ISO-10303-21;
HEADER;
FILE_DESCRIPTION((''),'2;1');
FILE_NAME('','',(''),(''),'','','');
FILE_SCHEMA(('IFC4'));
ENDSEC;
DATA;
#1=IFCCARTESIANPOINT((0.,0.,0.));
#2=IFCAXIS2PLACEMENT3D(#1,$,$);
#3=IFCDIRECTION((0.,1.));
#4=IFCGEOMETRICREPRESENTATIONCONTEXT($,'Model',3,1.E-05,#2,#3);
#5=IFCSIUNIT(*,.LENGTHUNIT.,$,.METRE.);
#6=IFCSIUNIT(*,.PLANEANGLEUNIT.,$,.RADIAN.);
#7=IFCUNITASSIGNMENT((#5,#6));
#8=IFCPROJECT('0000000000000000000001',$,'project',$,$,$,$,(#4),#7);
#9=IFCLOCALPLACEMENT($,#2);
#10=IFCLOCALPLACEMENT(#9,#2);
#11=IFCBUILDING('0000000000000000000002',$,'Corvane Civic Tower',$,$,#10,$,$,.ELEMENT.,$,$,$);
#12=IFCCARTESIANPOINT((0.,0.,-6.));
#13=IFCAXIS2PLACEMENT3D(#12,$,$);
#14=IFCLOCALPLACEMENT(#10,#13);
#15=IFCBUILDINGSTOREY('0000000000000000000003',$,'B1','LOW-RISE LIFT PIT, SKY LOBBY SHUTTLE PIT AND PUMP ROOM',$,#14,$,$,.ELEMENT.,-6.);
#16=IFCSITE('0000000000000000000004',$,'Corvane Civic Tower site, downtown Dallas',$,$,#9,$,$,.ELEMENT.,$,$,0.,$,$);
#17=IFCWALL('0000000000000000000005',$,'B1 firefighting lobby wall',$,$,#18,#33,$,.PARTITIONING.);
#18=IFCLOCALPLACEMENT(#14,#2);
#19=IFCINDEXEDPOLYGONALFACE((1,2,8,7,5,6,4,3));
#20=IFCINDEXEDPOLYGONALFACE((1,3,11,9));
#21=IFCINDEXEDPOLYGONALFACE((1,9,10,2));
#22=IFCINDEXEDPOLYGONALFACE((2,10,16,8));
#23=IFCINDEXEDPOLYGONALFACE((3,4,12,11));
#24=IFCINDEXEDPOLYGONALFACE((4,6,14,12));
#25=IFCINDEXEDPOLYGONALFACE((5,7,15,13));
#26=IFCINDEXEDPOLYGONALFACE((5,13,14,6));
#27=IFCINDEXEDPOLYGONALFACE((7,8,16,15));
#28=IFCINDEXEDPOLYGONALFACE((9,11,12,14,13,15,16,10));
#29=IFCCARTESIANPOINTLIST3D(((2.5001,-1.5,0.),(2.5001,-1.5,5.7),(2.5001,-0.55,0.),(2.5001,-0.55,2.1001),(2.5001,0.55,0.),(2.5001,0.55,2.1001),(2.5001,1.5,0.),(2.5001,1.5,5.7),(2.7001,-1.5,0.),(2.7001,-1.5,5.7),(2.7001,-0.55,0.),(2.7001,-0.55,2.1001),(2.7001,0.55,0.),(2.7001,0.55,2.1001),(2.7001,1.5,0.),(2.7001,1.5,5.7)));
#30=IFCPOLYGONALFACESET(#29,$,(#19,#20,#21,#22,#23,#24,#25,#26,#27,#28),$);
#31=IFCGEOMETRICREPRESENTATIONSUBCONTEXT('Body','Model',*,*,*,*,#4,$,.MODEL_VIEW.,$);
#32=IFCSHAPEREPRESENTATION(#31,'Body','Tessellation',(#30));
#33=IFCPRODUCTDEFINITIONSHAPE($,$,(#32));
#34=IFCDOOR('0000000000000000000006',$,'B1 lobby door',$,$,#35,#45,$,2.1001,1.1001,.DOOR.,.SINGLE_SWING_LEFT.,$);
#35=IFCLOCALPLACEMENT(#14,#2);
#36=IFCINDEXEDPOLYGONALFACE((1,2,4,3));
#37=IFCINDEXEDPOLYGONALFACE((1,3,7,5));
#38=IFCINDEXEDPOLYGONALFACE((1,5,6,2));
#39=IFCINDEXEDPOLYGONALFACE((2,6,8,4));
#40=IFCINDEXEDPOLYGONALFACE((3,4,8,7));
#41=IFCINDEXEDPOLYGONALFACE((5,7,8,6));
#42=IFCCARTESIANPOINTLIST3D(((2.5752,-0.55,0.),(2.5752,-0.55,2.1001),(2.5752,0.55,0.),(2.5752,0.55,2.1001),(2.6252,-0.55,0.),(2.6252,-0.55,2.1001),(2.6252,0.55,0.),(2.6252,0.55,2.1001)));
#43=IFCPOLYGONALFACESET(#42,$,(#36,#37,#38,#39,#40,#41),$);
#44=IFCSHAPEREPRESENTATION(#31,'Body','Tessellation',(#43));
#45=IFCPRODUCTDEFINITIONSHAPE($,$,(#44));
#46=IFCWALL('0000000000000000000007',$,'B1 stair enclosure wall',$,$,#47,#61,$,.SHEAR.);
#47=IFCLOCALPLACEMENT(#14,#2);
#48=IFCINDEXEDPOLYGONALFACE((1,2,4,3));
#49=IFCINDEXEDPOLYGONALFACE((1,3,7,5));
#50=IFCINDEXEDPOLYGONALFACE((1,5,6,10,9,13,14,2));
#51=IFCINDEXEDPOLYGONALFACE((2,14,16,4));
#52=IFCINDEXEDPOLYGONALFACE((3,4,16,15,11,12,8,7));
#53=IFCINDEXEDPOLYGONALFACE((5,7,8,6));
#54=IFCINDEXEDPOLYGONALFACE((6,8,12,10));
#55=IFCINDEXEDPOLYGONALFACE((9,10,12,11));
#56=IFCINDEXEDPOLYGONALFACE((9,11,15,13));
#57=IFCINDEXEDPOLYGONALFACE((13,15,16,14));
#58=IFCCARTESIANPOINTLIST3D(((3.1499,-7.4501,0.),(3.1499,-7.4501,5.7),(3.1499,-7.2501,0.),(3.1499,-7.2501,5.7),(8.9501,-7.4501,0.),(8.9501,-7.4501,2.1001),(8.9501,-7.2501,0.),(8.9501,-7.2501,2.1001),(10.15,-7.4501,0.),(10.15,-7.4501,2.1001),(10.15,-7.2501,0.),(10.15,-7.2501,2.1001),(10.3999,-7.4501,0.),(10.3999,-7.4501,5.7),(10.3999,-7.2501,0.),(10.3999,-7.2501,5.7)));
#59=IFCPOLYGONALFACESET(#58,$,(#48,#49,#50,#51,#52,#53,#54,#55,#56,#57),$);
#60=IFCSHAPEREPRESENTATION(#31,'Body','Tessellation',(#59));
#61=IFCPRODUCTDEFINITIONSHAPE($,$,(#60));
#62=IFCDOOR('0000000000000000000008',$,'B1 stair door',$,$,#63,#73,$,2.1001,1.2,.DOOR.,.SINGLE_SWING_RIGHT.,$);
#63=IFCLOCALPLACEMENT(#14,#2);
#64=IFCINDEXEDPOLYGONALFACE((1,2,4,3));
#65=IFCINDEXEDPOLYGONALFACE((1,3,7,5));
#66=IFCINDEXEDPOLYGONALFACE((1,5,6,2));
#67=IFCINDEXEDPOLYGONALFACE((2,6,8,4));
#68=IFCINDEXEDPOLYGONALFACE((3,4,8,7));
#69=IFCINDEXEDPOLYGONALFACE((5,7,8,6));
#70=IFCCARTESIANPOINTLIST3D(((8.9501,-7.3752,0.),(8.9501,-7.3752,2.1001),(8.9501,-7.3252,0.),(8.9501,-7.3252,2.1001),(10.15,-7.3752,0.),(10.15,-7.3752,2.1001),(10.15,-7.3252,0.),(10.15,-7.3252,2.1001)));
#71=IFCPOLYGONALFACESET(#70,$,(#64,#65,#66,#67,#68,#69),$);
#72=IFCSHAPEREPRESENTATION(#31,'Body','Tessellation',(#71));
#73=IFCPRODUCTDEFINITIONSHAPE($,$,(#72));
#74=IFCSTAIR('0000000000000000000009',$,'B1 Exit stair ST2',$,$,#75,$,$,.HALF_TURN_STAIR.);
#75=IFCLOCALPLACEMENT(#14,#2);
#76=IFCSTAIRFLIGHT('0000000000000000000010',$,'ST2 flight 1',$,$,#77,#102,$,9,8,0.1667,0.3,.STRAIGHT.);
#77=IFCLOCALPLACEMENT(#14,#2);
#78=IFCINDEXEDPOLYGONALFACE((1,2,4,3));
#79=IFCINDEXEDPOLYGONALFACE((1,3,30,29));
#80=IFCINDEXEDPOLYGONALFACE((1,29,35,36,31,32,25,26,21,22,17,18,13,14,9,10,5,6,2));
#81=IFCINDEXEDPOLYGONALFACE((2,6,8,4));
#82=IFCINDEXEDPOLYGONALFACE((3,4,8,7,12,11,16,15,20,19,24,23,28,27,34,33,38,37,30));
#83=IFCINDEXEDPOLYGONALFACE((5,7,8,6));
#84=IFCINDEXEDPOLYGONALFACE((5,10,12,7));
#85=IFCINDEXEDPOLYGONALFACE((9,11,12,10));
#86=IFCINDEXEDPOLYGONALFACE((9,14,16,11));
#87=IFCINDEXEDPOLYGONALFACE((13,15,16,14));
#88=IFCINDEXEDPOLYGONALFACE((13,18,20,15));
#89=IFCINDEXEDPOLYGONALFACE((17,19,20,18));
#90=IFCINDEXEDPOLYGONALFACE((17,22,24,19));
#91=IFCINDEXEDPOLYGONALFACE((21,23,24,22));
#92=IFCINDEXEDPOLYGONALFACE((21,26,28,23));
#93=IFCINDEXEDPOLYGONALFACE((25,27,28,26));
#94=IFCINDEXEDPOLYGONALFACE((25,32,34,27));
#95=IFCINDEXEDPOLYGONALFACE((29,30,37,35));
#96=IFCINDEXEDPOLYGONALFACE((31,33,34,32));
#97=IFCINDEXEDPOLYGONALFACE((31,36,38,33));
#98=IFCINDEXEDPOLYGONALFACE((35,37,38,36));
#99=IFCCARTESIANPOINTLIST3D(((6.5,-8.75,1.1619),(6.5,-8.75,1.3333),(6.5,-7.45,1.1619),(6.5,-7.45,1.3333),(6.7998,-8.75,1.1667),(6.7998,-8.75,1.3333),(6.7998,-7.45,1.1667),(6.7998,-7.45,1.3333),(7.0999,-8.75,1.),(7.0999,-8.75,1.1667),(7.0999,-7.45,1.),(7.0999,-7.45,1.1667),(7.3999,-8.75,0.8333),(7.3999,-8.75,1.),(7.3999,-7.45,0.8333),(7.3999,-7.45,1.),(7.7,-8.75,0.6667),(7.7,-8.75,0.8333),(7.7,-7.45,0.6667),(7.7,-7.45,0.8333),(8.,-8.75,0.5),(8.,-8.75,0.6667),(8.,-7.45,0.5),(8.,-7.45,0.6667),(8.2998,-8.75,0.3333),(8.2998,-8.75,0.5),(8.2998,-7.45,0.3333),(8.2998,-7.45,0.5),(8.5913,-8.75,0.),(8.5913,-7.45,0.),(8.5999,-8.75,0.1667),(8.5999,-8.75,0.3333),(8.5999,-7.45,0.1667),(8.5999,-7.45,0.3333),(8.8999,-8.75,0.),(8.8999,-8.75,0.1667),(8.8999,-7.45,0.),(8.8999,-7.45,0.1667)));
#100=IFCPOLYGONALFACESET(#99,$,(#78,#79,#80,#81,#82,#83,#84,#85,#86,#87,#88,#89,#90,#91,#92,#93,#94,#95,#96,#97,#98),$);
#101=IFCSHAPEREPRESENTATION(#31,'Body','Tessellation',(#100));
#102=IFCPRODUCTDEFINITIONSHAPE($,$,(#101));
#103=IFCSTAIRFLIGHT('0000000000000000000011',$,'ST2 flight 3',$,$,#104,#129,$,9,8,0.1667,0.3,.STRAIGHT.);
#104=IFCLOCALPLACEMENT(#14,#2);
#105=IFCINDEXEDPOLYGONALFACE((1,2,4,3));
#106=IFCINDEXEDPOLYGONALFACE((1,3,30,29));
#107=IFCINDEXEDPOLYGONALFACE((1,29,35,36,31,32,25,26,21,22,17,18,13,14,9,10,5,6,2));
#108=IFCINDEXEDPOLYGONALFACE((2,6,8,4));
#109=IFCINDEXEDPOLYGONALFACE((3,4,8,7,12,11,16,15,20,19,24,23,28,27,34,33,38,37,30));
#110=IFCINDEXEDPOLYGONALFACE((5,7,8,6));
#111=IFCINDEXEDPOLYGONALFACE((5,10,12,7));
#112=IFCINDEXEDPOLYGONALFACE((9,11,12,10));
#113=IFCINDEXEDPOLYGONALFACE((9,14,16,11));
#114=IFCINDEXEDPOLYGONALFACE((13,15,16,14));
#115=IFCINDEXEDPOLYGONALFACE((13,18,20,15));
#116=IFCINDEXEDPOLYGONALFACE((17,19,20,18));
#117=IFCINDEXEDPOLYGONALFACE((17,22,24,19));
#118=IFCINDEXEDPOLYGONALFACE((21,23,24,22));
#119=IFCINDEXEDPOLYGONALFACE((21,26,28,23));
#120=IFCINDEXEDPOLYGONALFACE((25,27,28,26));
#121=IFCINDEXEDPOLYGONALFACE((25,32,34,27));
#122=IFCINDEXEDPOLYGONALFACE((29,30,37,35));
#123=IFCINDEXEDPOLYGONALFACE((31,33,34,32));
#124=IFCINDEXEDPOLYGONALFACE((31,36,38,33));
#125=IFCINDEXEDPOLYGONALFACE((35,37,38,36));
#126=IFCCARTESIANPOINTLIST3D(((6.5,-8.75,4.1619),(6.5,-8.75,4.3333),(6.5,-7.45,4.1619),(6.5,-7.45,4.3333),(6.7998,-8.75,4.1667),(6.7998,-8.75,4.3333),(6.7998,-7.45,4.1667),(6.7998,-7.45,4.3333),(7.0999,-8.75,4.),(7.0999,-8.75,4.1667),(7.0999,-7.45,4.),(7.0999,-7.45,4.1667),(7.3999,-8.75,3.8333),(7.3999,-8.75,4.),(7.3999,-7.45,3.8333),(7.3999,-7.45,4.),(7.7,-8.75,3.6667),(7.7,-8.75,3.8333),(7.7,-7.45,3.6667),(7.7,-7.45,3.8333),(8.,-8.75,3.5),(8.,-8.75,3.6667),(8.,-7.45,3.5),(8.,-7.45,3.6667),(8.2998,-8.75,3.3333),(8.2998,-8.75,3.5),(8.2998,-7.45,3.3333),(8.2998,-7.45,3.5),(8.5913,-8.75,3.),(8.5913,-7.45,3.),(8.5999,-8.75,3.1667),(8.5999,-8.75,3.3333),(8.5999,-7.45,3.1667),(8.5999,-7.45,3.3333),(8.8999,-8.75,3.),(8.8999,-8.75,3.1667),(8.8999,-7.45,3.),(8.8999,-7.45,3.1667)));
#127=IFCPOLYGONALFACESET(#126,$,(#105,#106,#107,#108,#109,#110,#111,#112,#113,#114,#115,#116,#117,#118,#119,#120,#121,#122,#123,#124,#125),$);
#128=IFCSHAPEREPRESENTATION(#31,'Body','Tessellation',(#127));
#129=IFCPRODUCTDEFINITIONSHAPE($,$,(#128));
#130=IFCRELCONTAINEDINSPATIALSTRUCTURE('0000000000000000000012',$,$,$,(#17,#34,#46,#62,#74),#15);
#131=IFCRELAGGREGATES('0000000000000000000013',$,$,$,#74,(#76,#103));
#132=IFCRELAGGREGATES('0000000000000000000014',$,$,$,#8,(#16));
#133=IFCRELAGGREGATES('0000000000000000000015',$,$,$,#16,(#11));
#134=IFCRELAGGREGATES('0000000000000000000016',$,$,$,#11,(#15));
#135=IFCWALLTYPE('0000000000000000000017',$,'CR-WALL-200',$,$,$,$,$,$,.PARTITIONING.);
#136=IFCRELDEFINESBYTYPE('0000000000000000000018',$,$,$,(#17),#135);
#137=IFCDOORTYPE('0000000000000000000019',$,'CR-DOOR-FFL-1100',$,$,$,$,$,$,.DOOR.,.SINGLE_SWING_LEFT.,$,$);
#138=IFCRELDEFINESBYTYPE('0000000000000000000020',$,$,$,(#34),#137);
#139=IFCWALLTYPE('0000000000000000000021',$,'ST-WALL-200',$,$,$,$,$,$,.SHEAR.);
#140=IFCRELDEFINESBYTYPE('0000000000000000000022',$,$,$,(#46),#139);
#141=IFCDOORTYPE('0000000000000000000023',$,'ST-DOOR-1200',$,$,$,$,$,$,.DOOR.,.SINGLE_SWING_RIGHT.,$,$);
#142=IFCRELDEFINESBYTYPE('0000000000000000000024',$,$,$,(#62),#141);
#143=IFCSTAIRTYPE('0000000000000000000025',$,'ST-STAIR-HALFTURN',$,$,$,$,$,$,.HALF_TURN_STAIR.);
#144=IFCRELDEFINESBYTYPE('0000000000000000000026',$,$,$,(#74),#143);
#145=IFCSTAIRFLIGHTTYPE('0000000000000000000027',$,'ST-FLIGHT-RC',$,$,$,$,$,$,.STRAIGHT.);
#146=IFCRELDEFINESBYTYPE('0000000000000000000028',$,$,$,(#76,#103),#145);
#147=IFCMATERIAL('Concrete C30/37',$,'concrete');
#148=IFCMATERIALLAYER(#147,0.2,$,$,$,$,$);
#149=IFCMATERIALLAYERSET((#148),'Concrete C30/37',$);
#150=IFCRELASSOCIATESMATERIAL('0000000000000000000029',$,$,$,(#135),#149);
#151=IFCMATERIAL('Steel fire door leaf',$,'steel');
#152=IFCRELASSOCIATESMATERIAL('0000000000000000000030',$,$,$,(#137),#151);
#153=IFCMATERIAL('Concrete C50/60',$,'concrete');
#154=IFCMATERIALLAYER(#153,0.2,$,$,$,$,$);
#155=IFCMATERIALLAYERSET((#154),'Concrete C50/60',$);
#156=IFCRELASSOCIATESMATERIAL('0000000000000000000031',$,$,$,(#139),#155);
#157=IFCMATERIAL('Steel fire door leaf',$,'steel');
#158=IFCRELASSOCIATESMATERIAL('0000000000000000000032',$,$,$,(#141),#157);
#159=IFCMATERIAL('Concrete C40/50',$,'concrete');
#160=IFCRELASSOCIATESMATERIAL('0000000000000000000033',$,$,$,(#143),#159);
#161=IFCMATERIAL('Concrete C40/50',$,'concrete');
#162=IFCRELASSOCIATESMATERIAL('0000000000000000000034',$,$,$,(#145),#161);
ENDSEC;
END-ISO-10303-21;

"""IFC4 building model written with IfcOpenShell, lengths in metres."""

from ifc_helpers import new_model, si_unit, direction, frame, frame_2d, origin, place, context, subcontext, project, spatial, polyline, rectangle, outline, extrude, material, layer, layer_set, type_object, element, fill, aggregate, save


model = new_model("IFC4")

# Units and contexts
model_context = context("Model", 3, precision=1e-05, world=origin(), true_north=direction((0.0, 1.0)))
body_context = subcontext(model_context, "Body", "Model", "MODEL_VIEW")
ifc_project = project(units=[si_unit("LENGTHUNIT", "METRE"), si_unit("PLANEANGLEUNIT", "RADIAN")], contexts=[model_context])

# Site, building, storey
site_placement = place(None, origin())
site = spatial("IfcSite", under=ifc_project, at=site_placement, Name="Corvane Civic Tower site, downtown Dallas", CompositionType="ELEMENT", RefElevation=0.0)
building_placement = place(site_placement, origin())
building = spatial("IfcBuilding", under=site, at=building_placement, Name="Corvane Civic Tower", CompositionType="ELEMENT")
storey_placement = place(building_placement, frame((0.0, 0.0, -6.0)))
storey = spatial("IfcBuildingStorey", under=building, at=storey_placement, Name="B1", Description="LOW-RISE LIFT PIT, SKY LOBBY SHUTTLE PIT AND PUMP ROOM", CompositionType="ELEMENT", Elevation=-6.0)

# Walls, openings, doors
ifc_material_1 = material(Name="Concrete C30/37", Category="concrete")
ifc_layer_1 = layer(ifc_material_1, 0.2)
ifc_layer_set_1 = layer_set([ifc_layer_1], Name="Concrete C30/37")
wall_type_1 = type_object("IfcWallType", Name="CR-WALL-200", PredefinedType="PARTITIONING", material=ifc_layer_set_1)
wall_1_placement = place(storey_placement, frame((2.6001, -1.5, 0.0), z_axis=(0.0, 0.0, 1.0), x_axis=(0.0, 1.0, 0.0)))
wall_1 = element("IfcWall", 1, at=wall_1_placement, inside=storey, type_object=wall_type_1, Name="B1 firefighting lobby wall", PredefinedType="PARTITIONING", context=body_context, shape_type="SweptSolid", body=[
    extrude(rectangle(XDim=3.0, YDim=0.2, at=frame_2d((1.5, 0.0))), origin(), (0.0, 0.0, 1.0), 5.7),
])
opening_1_placement = place(wall_1_placement, frame((0.95, 0.0, 0.0)))
opening_1 = element("IfcOpeningElement", 2, at=opening_1_placement, cuts=wall_1, PredefinedType="OPENING", context=body_context, shape_type="SweptSolid", body=[
    extrude(rectangle(XDim=1.1001, YDim=2.1001, at=frame_2d((0.55, 1.05))), frame((0.0, 0.1099, 0.0), z_axis=(0.0, -1.0, 0.0), x_axis=(1.0, 0.0, 0.0)), (0.0, 0.0, 1.0), 0.22),
])
ifc_material_2 = material(Name="Steel fire door leaf", Category="steel")
door_type_1 = type_object("IfcDoorType", Name="CR-DOOR-FFL-1100", OperationType="SINGLE_SWING_LEFT", PredefinedType="DOOR", material=ifc_material_2)
door_1_placement = place(opening_1_placement, origin())
door_1 = element("IfcDoor", 3, at=door_1_placement, inside=storey, type_object=door_type_1, Name="B1 lobby door", OperationType="SINGLE_SWING_LEFT", OverallHeight=2.1001, OverallWidth=1.1001, PredefinedType="DOOR", context=body_context, shape_type="SweptSolid", body=[
    extrude(rectangle(XDim=1.1001, YDim=2.1001, at=frame_2d((0.55, 1.05))), frame((0.0, 0.0249, 0.0), z_axis=(0.0, -1.0, 0.0), x_axis=(1.0, 0.0, 0.0)), (0.0, 0.0, 1.0), 0.05),
])
fill(opening_1, door_1)
ifc_material_3 = material(Name="Concrete C50/60", Category="concrete")
ifc_layer_2 = layer(ifc_material_3, 0.2)
ifc_layer_set_2 = layer_set([ifc_layer_2], Name="Concrete C50/60")
wall_type_2 = type_object("IfcWallType", Name="ST-WALL-200", PredefinedType="SHEAR", material=ifc_layer_set_2)
wall_2_placement = place(storey_placement, frame((3.1499, -7.3501, 0.0), z_axis=(0.0, 0.0, 1.0), x_axis=(1.0, 0.0, 0.0)))
wall_2 = element("IfcWall", 4, at=wall_2_placement, inside=storey, type_object=wall_type_2, Name="B1 stair enclosure wall", PredefinedType="SHEAR", context=body_context, shape_type="SweptSolid", body=[
    extrude(rectangle(XDim=7.25, YDim=0.2, at=frame_2d((3.625, 0.0))), origin(), (0.0, 0.0, 1.0), 5.7),
])
opening_2_placement = place(wall_2_placement, frame((5.8, 0.0, 0.0)))
opening_2 = element("IfcOpeningElement", 5, at=opening_2_placement, cuts=wall_2, PredefinedType="OPENING", context=body_context, shape_type="SweptSolid", body=[
    extrude(rectangle(XDim=1.2, YDim=2.1001, at=frame_2d((0.6001, 1.05))), frame((0.0, 0.1099, 0.0), z_axis=(0.0, -1.0, 0.0), x_axis=(1.0, 0.0, 0.0)), (0.0, 0.0, 1.0), 0.22),
])
ifc_material_4 = material(Name="Steel fire door leaf", Category="steel")
door_type_2 = type_object("IfcDoorType", Name="ST-DOOR-1200", OperationType="SINGLE_SWING_RIGHT", PredefinedType="DOOR", material=ifc_material_4)
door_2_placement = place(opening_2_placement, origin())
door_2 = element("IfcDoor", 6, at=door_2_placement, inside=storey, type_object=door_type_2, Name="B1 stair door", OperationType="SINGLE_SWING_RIGHT", OverallHeight=2.1001, OverallWidth=1.2, PredefinedType="DOOR", context=body_context, shape_type="SweptSolid", body=[
    extrude(rectangle(XDim=1.2, YDim=2.1001, at=frame_2d((0.6001, 1.05))), frame((0.0, 0.0249, 0.0), z_axis=(0.0, -1.0, 0.0), x_axis=(1.0, 0.0, 0.0)), (0.0, 0.0, 1.0), 0.05),
])
fill(opening_2, door_2)

# Stair, stair flights
ifc_material_5 = material(Name="Concrete C40/50", Category="concrete")
stair_type = type_object("IfcStairType", Name="ST-STAIR-HALFTURN", PredefinedType="HALF_TURN_STAIR", material=ifc_material_5)
stair_placement = place(storey_placement, origin())
stair = element("IfcStair", 7, at=stair_placement, inside=storey, type_object=stair_type, Name="B1 Exit stair ST2", PredefinedType="HALF_TURN_STAIR")
ifc_material_6 = material(Name="Concrete C40/50", Category="concrete")
stair_flight_type = type_object("IfcStairFlightType", Name="ST-FLIGHT-RC", PredefinedType="STRAIGHT", material=ifc_material_6)
stair_flight_1_placement = place(storey_placement, frame((8.8999, -8.1001, 0.0), z_axis=(0.0, 0.0, 1.0), x_axis=(-1.0, 0.0, 0.0)))
stair_flight_1 = element("IfcStairFlight", 8, at=stair_flight_1_placement, type_object=stair_flight_type, Name="ST2 flight 1", NumberOfRisers=9, NumberOfTreads=8, PredefinedType="STRAIGHT", RiserHeight=0.1667, TreadLength=0.3, context=body_context, shape_type="SweptSolid", body=[
    extrude(outline(polyline([(0.0, 0.0), (0.0, 0.1667), (0.3, 0.1667), (0.3, 0.3333), (0.6001, 0.3333), (0.6001, 0.5), (0.8999, 0.5), (0.8999, 0.6667), (1.2, 0.6667), (1.2, 0.8333), (1.5, 0.8333), (1.5, 1.0), (1.8, 1.0), (1.8, 1.1667), (2.1001, 1.1667), (2.1001, 1.3333), (2.3999, 1.3333), (2.3999, 1.5), (2.3999, 1.1619), (0.3086, 0.0), (0.0, 0.0)])), frame((0.0, 0.6499, 0.0), z_axis=(0.0, -1.0, 0.0), x_axis=(1.0, 0.0, 0.0)), (0.0, 0.0, 1.0), 1.3),
])
stair_flight_2_placement = place(storey_placement, frame((8.8999, -8.1001, 3.0), z_axis=(0.0, 0.0, 1.0), x_axis=(-1.0, 0.0, 0.0)))
stair_flight_2 = element("IfcStairFlight", 9, at=stair_flight_2_placement, type_object=stair_flight_type, Name="ST2 flight 3", NumberOfRisers=9, NumberOfTreads=8, PredefinedType="STRAIGHT", RiserHeight=0.1667, TreadLength=0.3, context=body_context, shape_type="SweptSolid", body=[
    extrude(outline(polyline([(0.0, 0.0), (0.0, 0.1667), (0.3, 0.1667), (0.3, 0.3333), (0.6001, 0.3333), (0.6001, 0.5), (0.8999, 0.5), (0.8999, 0.6667), (1.2, 0.6667), (1.2, 0.8333), (1.5, 0.8333), (1.5, 1.0), (1.8, 1.0), (1.8, 1.1667), (2.1001, 1.1667), (2.1001, 1.3333), (2.3999, 1.3333), (2.3999, 1.5), (2.3999, 1.1619), (0.3086, 0.0), (0.0, 0.0)])), frame((0.0, 0.6499, 0.0), z_axis=(0.0, -1.0, 0.0), x_axis=(1.0, 0.0, 0.0)), (0.0, 0.0, 1.0), 1.3),
])
aggregate(stair, [stair_flight_1, stair_flight_2])

save(model, "model.ifc")
